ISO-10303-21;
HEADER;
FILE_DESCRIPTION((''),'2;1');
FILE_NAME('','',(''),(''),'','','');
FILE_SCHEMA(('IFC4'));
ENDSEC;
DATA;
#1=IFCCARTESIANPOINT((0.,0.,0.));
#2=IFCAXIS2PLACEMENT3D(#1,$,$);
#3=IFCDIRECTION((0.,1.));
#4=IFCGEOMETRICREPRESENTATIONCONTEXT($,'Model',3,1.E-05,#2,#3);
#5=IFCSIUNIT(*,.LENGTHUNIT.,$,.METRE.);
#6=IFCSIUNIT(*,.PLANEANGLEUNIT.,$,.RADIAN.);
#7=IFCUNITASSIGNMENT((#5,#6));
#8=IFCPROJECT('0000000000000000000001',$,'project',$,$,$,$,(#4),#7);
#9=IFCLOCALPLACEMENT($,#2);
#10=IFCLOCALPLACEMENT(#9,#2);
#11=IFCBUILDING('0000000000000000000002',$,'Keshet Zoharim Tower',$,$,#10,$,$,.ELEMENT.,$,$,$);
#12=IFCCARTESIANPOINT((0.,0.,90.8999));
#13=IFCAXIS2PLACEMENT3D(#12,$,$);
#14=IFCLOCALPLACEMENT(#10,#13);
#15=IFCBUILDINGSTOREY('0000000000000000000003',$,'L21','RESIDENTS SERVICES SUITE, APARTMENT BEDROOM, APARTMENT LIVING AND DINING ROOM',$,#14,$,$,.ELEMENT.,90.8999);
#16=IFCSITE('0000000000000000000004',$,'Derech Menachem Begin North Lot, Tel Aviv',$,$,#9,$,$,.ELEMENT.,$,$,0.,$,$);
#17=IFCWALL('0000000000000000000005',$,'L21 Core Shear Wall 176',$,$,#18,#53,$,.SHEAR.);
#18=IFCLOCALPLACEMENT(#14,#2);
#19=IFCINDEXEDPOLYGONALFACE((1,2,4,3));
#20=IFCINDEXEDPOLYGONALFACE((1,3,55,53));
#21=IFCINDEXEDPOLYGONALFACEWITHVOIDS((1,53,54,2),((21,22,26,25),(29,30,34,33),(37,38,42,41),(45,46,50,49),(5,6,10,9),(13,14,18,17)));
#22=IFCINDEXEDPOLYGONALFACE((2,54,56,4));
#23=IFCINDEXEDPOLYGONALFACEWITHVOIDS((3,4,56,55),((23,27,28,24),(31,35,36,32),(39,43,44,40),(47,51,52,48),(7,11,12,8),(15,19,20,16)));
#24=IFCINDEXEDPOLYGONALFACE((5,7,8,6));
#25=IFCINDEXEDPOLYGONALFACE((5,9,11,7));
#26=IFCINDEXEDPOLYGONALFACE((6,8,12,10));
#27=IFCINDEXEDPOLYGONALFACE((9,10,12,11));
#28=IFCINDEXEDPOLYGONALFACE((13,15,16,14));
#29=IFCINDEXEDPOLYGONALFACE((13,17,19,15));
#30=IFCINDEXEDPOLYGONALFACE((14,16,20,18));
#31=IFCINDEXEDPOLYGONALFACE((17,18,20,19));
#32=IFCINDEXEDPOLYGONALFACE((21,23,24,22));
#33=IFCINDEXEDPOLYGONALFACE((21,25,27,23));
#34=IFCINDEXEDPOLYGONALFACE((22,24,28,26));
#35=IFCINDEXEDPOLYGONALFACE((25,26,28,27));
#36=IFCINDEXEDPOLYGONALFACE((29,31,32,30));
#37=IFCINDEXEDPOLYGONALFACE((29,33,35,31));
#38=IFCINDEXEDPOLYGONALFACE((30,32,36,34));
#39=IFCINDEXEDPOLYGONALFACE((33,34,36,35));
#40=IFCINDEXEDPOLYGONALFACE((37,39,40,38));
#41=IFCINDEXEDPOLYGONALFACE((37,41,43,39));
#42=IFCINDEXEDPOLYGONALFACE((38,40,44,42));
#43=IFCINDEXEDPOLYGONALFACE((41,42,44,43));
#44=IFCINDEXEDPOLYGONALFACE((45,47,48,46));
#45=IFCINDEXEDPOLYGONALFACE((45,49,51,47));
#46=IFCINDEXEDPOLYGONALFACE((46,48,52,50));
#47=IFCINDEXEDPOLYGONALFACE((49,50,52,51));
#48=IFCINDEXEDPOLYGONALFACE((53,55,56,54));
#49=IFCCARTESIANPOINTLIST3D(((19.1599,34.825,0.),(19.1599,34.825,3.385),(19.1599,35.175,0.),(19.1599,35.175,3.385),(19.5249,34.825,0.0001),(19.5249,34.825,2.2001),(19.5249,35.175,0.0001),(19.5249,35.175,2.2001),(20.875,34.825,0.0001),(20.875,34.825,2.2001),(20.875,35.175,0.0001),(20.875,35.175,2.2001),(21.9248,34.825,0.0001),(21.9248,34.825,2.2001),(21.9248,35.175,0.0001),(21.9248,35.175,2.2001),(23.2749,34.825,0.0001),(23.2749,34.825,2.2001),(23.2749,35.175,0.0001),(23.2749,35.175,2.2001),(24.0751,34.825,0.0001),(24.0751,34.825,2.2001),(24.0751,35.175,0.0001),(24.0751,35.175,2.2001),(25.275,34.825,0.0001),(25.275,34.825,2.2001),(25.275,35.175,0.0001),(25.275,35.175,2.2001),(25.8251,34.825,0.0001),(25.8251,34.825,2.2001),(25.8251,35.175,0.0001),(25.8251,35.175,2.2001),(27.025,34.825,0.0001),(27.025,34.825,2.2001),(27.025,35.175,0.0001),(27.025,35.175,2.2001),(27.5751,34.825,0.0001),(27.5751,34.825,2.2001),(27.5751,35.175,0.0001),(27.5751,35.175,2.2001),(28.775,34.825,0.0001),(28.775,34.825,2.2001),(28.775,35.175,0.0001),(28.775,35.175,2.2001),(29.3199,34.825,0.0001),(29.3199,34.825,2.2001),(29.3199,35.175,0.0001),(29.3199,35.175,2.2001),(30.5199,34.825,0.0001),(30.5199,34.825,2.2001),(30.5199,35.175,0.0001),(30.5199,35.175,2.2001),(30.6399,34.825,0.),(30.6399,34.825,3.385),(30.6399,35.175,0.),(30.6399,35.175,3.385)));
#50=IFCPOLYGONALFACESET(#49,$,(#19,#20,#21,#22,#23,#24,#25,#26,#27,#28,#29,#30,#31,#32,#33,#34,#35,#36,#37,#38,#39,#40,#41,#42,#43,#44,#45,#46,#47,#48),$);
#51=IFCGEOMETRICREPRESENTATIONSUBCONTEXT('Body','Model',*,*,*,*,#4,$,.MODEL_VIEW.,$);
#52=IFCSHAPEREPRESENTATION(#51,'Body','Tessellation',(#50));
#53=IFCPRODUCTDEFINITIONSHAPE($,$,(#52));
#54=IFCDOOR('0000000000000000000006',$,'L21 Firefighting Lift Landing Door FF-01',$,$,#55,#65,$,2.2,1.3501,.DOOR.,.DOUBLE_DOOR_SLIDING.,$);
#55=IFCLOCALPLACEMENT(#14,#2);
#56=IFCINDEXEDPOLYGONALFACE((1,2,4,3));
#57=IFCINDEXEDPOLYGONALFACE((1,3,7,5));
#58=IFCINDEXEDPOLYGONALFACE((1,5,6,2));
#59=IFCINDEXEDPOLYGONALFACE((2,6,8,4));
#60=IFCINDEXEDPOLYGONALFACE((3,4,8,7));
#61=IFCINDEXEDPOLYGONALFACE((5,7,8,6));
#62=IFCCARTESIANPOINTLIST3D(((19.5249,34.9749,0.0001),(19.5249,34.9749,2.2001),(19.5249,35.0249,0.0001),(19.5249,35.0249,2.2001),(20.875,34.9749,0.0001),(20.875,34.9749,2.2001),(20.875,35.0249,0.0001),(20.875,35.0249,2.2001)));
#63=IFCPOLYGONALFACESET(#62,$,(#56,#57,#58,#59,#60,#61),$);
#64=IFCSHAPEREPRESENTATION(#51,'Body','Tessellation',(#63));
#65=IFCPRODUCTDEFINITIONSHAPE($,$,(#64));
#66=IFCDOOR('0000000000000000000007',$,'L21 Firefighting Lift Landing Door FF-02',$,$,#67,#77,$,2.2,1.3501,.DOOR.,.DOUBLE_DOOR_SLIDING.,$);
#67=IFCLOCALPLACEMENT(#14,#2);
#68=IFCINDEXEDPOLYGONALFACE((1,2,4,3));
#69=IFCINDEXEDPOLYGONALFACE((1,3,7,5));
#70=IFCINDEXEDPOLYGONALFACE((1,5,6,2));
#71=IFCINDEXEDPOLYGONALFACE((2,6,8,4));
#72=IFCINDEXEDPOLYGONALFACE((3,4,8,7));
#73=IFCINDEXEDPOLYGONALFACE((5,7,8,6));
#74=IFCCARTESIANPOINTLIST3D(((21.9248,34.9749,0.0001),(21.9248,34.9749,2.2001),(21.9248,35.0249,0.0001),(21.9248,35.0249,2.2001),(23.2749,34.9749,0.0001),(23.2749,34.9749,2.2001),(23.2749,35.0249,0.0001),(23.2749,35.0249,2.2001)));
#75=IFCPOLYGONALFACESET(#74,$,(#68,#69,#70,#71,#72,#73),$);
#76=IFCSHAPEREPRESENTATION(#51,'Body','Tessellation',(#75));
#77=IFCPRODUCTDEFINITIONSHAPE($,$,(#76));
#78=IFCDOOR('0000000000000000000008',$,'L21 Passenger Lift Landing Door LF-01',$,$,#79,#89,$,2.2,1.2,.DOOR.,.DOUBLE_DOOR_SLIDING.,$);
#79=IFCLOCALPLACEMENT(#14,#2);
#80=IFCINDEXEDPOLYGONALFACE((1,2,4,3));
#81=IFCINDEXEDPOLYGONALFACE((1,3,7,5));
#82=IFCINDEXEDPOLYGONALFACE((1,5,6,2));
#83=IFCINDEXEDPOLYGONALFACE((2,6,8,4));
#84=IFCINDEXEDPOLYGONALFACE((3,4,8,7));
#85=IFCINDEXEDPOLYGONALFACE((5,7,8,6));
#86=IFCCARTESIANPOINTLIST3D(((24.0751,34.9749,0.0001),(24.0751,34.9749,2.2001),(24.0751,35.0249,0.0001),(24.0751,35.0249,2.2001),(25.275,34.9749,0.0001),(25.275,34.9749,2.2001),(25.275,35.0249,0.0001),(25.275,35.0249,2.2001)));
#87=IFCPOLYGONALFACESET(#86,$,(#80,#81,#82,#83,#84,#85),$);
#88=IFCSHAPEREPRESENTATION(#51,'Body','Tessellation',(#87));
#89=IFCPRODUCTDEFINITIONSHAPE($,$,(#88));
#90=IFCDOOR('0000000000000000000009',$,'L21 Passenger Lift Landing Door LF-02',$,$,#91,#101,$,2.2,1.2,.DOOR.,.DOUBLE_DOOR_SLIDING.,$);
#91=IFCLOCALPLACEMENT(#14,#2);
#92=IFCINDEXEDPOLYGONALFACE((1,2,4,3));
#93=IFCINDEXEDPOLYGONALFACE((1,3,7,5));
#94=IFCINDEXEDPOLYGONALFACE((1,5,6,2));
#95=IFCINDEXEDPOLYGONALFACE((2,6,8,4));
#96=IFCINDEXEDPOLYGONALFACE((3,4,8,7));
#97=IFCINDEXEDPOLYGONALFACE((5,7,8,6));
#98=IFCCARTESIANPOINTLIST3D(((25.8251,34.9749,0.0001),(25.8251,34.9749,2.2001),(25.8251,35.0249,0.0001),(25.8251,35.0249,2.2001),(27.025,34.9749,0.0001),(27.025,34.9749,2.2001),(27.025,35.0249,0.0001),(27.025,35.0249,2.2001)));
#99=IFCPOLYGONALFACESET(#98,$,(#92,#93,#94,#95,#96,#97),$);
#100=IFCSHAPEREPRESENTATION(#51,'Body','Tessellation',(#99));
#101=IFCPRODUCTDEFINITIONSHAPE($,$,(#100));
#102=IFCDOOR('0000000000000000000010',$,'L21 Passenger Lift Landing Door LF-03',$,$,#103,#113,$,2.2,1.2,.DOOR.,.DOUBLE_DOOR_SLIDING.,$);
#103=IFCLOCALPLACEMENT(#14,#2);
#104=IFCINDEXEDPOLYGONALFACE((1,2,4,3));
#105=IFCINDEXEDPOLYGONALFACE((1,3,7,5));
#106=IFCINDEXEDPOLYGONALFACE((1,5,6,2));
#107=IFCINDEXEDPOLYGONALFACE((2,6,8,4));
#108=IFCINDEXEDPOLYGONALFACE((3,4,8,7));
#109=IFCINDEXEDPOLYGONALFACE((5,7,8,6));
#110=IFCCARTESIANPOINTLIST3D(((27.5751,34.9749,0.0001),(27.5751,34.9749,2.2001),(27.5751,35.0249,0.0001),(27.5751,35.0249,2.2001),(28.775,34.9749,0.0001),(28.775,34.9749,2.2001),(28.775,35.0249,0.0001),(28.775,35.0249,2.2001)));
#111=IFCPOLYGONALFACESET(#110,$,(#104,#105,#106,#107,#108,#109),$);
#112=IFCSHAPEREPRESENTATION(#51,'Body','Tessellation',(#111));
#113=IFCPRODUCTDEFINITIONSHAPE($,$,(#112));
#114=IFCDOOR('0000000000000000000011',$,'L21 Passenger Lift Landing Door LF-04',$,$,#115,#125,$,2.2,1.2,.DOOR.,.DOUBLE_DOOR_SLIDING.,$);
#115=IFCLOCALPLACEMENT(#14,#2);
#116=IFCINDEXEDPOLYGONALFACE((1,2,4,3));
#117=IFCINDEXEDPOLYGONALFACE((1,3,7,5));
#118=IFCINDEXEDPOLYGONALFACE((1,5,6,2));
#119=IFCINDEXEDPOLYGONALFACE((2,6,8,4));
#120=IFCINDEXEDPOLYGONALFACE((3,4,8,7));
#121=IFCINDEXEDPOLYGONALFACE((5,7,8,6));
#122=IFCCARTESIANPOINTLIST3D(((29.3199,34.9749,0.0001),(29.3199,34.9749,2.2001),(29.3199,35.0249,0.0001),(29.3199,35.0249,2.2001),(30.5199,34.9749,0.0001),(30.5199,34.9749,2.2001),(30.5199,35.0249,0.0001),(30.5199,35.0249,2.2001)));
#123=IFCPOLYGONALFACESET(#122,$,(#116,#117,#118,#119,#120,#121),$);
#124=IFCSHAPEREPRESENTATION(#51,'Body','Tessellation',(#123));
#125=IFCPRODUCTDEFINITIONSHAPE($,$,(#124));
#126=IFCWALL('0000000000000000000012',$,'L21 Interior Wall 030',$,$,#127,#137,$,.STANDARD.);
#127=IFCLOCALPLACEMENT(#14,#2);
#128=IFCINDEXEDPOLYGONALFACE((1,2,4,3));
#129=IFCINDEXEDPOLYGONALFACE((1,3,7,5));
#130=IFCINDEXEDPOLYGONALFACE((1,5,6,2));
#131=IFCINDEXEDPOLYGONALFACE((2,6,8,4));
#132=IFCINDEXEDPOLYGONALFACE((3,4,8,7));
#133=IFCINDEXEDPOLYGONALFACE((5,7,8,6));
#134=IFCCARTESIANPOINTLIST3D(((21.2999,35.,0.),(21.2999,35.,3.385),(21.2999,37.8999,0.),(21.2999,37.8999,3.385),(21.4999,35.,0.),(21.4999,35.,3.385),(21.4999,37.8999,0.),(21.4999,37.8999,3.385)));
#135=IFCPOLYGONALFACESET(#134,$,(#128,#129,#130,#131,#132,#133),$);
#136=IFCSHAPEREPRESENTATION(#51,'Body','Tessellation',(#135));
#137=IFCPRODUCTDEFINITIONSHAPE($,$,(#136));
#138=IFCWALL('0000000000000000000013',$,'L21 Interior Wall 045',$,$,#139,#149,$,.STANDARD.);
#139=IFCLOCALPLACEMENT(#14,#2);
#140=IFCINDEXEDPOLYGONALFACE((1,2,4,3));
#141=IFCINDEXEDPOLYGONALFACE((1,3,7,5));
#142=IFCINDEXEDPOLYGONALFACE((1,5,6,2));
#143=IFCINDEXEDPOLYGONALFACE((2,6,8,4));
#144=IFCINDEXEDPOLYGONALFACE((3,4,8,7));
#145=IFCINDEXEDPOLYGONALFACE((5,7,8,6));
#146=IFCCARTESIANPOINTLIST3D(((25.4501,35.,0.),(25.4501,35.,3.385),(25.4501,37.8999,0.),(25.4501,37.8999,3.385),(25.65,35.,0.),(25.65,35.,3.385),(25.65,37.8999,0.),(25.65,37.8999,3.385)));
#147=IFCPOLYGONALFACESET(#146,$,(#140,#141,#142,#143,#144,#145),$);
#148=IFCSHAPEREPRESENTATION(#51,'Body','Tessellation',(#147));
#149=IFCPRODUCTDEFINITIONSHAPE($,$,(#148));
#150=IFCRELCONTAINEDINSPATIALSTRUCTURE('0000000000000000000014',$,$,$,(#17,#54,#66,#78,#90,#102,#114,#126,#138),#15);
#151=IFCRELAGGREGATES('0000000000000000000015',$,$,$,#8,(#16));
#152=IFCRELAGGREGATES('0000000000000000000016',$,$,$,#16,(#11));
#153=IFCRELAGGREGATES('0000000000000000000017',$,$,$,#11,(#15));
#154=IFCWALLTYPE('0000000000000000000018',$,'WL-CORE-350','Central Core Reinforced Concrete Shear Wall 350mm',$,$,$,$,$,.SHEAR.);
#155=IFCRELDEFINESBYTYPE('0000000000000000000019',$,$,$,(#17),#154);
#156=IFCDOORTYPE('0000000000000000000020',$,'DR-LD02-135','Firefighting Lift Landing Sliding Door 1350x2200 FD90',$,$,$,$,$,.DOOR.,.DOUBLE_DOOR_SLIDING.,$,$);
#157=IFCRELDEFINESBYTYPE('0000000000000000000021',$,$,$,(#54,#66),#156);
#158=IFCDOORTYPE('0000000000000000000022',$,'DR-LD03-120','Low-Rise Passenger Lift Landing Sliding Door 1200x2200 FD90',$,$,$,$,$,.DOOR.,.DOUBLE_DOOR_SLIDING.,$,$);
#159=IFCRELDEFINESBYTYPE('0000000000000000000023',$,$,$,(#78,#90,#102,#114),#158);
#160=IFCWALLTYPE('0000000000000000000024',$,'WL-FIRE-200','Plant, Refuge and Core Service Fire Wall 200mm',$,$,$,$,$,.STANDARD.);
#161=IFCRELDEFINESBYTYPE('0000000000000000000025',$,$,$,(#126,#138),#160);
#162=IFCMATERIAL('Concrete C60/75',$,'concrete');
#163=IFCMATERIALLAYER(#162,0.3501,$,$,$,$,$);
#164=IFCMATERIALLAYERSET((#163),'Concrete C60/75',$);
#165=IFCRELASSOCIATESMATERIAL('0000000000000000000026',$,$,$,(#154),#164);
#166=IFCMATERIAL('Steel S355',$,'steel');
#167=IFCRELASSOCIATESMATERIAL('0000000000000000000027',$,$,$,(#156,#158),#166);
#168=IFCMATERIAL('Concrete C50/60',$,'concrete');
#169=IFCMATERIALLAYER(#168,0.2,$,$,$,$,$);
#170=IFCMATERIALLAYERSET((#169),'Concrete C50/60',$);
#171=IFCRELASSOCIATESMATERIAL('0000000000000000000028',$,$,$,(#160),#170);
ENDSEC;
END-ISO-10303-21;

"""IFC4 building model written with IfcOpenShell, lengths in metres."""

from ifc_helpers import new_model, si_unit, direction, frame, frame_2d, origin, place, context, subcontext, project, spatial, rectangle, extrude, material, layer, layer_set, type_object, element, fill, save


model = new_model("IFC4")

# Units and contexts
model_context = context("Model", 3, precision=1e-05, world=origin(), true_north=direction((0.0, 1.0)))
body_context = subcontext(model_context, "Body", "Model", "MODEL_VIEW")
ifc_project = project(units=[si_unit("LENGTHUNIT", "METRE"), si_unit("PLANEANGLEUNIT", "RADIAN")], contexts=[model_context])

# Site, building, storey
site_placement = place(None, origin())
site = spatial("IfcSite", under=ifc_project, at=site_placement, Name="Derech Menachem Begin North Lot, Tel Aviv", CompositionType="ELEMENT", RefElevation=0.0)
building_placement = place(site_placement, origin())
building = spatial("IfcBuilding", under=site, at=building_placement, Name="Keshet Zoharim Tower", CompositionType="ELEMENT")
storey_placement = place(building_placement, frame((0.0, 0.0, 90.8999)))
storey = spatial("IfcBuildingStorey", under=building, at=storey_placement, Name="L21", Description="RESIDENTS SERVICES SUITE, APARTMENT BEDROOM, APARTMENT LIVING AND DINING ROOM", CompositionType="ELEMENT", Elevation=90.8999)

# Shared definitions
ifc_material_1 = material(Name="Concrete C60/75", Category="concrete")
ifc_layer_1 = layer(ifc_material_1, 0.3501)
ifc_layer_set_1 = layer_set([ifc_layer_1], Name="Concrete C60/75")
wall_type_1 = type_object("IfcWallType", Name="WL-CORE-350", Description="Central Core Reinforced Concrete Shear Wall 350mm", PredefinedType="SHEAR", material=ifc_layer_set_1)

# Wall, openings, doors
wall_1_placement = place(storey_placement, frame((19.1599, 35.0, 0.0), z_axis=(0.0, 0.0, 1.0), x_axis=(1.0, 0.0, 0.0)))
wall_1 = element("IfcWall", 1, at=wall_1_placement, inside=storey, type_object=wall_type_1, Name="L21 Core Shear Wall 176", PredefinedType="SHEAR", context=body_context, shape_type="SweptSolid", body=[
    extrude(rectangle(XDim=11.48, YDim=0.3501, at=frame_2d((5.74, 0.0))), origin(), (0.0, 0.0, 1.0), 3.385),
])
opening_1_placement = place(wall_1_placement, frame((0.365, 0.0, 0.0)))
opening_1 = element("IfcOpeningElement", 2, at=opening_1_placement, cuts=wall_1, PredefinedType="OPENING", context=body_context, shape_type="SweptSolid", body=[
    extrude(rectangle(XDim=1.3501, YDim=2.2, at=frame_2d((0.675, 1.1001))), frame((0.0, 0.1851, 0.0), z_axis=(0.0, -1.0, 0.0), x_axis=(1.0, 0.0, 0.0)), (0.0, 0.0, 1.0), 0.3701),
])
opening_2_placement = place(wall_1_placement, frame((2.7649, 0.0, 0.0)))
opening_2 = element("IfcOpeningElement", 3, at=opening_2_placement, cuts=wall_1, PredefinedType="OPENING", context=body_context, shape_type="SweptSolid", body=[
    extrude(rectangle(XDim=1.3501, YDim=2.2, at=frame_2d((0.675, 1.1001))), frame((0.0, 0.1851, 0.0), z_axis=(0.0, -1.0, 0.0), x_axis=(1.0, 0.0, 0.0)), (0.0, 0.0, 1.0), 0.3701),
])
opening_3_placement = place(wall_1_placement, frame((4.915, 0.0, 0.0)))
opening_3 = element("IfcOpeningElement", 4, at=opening_3_placement, cuts=wall_1, PredefinedType="OPENING", context=body_context, shape_type="SweptSolid", body=[
    extrude(rectangle(XDim=1.2, YDim=2.2, at=frame_2d((0.6001, 1.1001))), frame((0.0, 0.1851, 0.0), z_axis=(0.0, -1.0, 0.0), x_axis=(1.0, 0.0, 0.0)), (0.0, 0.0, 1.0), 0.3701),
])
opening_4_placement = place(wall_1_placement, frame((6.665, 0.0, 0.0)))
opening_4 = element("IfcOpeningElement", 5, at=opening_4_placement, cuts=wall_1, PredefinedType="OPENING", context=body_context, shape_type="SweptSolid", body=[
    extrude(rectangle(XDim=1.2, YDim=2.2, at=frame_2d((0.6001, 1.1001))), frame((0.0, 0.1851, 0.0), z_axis=(0.0, -1.0, 0.0), x_axis=(1.0, 0.0, 0.0)), (0.0, 0.0, 1.0), 0.3701),
])
opening_5_placement = place(wall_1_placement, frame((8.415, 0.0, 0.0)))
opening_5 = element("IfcOpeningElement", 6, at=opening_5_placement, cuts=wall_1, PredefinedType="OPENING", context=body_context, shape_type="SweptSolid", body=[
    extrude(rectangle(XDim=1.2, YDim=2.2, at=frame_2d((0.6001, 1.1001))), frame((0.0, 0.1851, 0.0), z_axis=(0.0, -1.0, 0.0), x_axis=(1.0, 0.0, 0.0)), (0.0, 0.0, 1.0), 0.3701),
])
opening_6_placement = place(wall_1_placement, frame((10.1599, 0.0, 0.0)))
opening_6 = element("IfcOpeningElement", 7, at=opening_6_placement, cuts=wall_1, PredefinedType="OPENING", context=body_context, shape_type="SweptSolid", body=[
    extrude(rectangle(XDim=1.2, YDim=2.2, at=frame_2d((0.6001, 1.1001))), frame((0.0, 0.1851, 0.0), z_axis=(0.0, -1.0, 0.0), x_axis=(1.0, 0.0, 0.0)), (0.0, 0.0, 1.0), 0.3701),
])
ifc_material_2 = material(Name="Steel S355", Category="steel")
door_type_1 = type_object("IfcDoorType", Name="DR-LD02-135", Description="Firefighting Lift Landing Sliding Door 1350x2200 FD90", OperationType="DOUBLE_DOOR_SLIDING", PredefinedType="DOOR", material=ifc_material_2)
door_1_placement = place(opening_1_placement, origin())
door_1 = element("IfcDoor", 8, at=door_1_placement, inside=storey, type_object=door_type_1, Name="L21 Firefighting Lift Landing Door FF-01", OperationType="DOUBLE_DOOR_SLIDING", OverallHeight=2.2, OverallWidth=1.3501, PredefinedType="DOOR", context=body_context, shape_type="SweptSolid", body=[
    extrude(rectangle(XDim=1.3501, YDim=2.2, at=frame_2d((0.675, 1.1001))), frame((0.0, 0.0249, 0.0), z_axis=(0.0, -1.0, 0.0), x_axis=(1.0, 0.0, 0.0)), (0.0, 0.0, 1.0), 0.05),
])
fill(opening_1, door_1)
door_2_placement = place(opening_2_placement, origin())
door_2 = element("IfcDoor", 9, at=door_2_placement, inside=storey, type_object=door_type_1, Name="L21 Firefighting Lift Landing Door FF-02", OperationType="DOUBLE_DOOR_SLIDING", OverallHeight=2.2, OverallWidth=1.3501, PredefinedType="DOOR", context=body_context, shape_type="SweptSolid", body=[
    extrude(rectangle(XDim=1.3501, YDim=2.2, at=frame_2d((0.675, 1.1001))), frame((0.0, 0.0249, 0.0), z_axis=(0.0, -1.0, 0.0), x_axis=(1.0, 0.0, 0.0)), (0.0, 0.0, 1.0), 0.05),
])
fill(opening_2, door_2)
door_type_2 = type_object("IfcDoorType", Name="DR-LD03-120", Description="Low-Rise Passenger Lift Landing Sliding Door 1200x2200 FD90", OperationType="DOUBLE_DOOR_SLIDING", PredefinedType="DOOR", material=ifc_material_2)
door_3_placement = place(opening_3_placement, origin())
door_3 = element("IfcDoor", 10, at=door_3_placement, inside=storey, type_object=door_type_2, Name="L21 Passenger Lift Landing Door LF-01", OperationType="DOUBLE_DOOR_SLIDING", OverallHeight=2.2, OverallWidth=1.2, PredefinedType="DOOR", context=body_context, shape_type="SweptSolid", body=[
    extrude(rectangle(XDim=1.2, YDim=2.2, at=frame_2d((0.6001, 1.1001))), frame((0.0, 0.0249, 0.0), z_axis=(0.0, -1.0, 0.0), x_axis=(1.0, 0.0, 0.0)), (0.0, 0.0, 1.0), 0.05),
])
fill(opening_3, door_3)
door_4_placement = place(opening_4_placement, origin())
door_4 = element("IfcDoor", 11, at=door_4_placement, inside=storey, type_object=door_type_2, Name="L21 Passenger Lift Landing Door LF-02", OperationType="DOUBLE_DOOR_SLIDING", OverallHeight=2.2, OverallWidth=1.2, PredefinedType="DOOR", context=body_context, shape_type="SweptSolid", body=[
    extrude(rectangle(XDim=1.2, YDim=2.2, at=frame_2d((0.6001, 1.1001))), frame((0.0, 0.0249, 0.0), z_axis=(0.0, -1.0, 0.0), x_axis=(1.0, 0.0, 0.0)), (0.0, 0.0, 1.0), 0.05),
])
fill(opening_4, door_4)
door_5_placement = place(opening_5_placement, origin())
door_5 = element("IfcDoor", 12, at=door_5_placement, inside=storey, type_object=door_type_2, Name="L21 Passenger Lift Landing Door LF-03", OperationType="DOUBLE_DOOR_SLIDING", OverallHeight=2.2, OverallWidth=1.2, PredefinedType="DOOR", context=body_context, shape_type="SweptSolid", body=[
    extrude(rectangle(XDim=1.2, YDim=2.2, at=frame_2d((0.6001, 1.1001))), frame((0.0, 0.0249, 0.0), z_axis=(0.0, -1.0, 0.0), x_axis=(1.0, 0.0, 0.0)), (0.0, 0.0, 1.0), 0.05),
])
fill(opening_5, door_5)
door_6_placement = place(opening_6_placement, origin())
door_6 = element("IfcDoor", 13, at=door_6_placement, inside=storey, type_object=door_type_2, Name="L21 Passenger Lift Landing Door LF-04", OperationType="DOUBLE_DOOR_SLIDING", OverallHeight=2.2, OverallWidth=1.2, PredefinedType="DOOR", context=body_context, shape_type="SweptSolid", body=[
    extrude(rectangle(XDim=1.2, YDim=2.2, at=frame_2d((0.6001, 1.1001))), frame((0.0, 0.0249, 0.0), z_axis=(0.0, -1.0, 0.0), x_axis=(1.0, 0.0, 0.0)), (0.0, 0.0, 1.0), 0.05),
])
fill(opening_6, door_6)

# Walls
ifc_material_3 = material(Name="Concrete C50/60", Category="concrete")
ifc_layer_2 = layer(ifc_material_3, 0.2)
ifc_layer_set_2 = layer_set([ifc_layer_2], Name="Concrete C50/60")
wall_type_2 = type_object("IfcWallType", Name="WL-FIRE-200", Description="Plant, Refuge and Core Service Fire Wall 200mm", PredefinedType="STANDARD", material=ifc_layer_set_2)
for number, where, z_axis, x_axis, name in (
    (14, (21.3999, 35.0, 0.0), (0.0, 0.0, 1.0), (0.0, 1.0, 0.0), "L21 Interior Wall 030"),
    (15, (25.55, 35.0, 0.0), (0.0, 0.0, 1.0), (0.0, 1.0, 0.0), "L21 Interior Wall 045"),
):
    element("IfcWall", number, at=place(storey_placement, frame(where, z_axis=z_axis, x_axis=x_axis)), inside=storey, type_object=wall_type_2, Name=name, PredefinedType="STANDARD", context=body_context, shape_type="SweptSolid", body=[
        extrude(rectangle(XDim=2.8999, YDim=0.2, at=frame_2d((1.45, 0.0))), origin(), (0.0, 0.0, 1.0), 3.385),
    ])

save(model, "model.ifc")
